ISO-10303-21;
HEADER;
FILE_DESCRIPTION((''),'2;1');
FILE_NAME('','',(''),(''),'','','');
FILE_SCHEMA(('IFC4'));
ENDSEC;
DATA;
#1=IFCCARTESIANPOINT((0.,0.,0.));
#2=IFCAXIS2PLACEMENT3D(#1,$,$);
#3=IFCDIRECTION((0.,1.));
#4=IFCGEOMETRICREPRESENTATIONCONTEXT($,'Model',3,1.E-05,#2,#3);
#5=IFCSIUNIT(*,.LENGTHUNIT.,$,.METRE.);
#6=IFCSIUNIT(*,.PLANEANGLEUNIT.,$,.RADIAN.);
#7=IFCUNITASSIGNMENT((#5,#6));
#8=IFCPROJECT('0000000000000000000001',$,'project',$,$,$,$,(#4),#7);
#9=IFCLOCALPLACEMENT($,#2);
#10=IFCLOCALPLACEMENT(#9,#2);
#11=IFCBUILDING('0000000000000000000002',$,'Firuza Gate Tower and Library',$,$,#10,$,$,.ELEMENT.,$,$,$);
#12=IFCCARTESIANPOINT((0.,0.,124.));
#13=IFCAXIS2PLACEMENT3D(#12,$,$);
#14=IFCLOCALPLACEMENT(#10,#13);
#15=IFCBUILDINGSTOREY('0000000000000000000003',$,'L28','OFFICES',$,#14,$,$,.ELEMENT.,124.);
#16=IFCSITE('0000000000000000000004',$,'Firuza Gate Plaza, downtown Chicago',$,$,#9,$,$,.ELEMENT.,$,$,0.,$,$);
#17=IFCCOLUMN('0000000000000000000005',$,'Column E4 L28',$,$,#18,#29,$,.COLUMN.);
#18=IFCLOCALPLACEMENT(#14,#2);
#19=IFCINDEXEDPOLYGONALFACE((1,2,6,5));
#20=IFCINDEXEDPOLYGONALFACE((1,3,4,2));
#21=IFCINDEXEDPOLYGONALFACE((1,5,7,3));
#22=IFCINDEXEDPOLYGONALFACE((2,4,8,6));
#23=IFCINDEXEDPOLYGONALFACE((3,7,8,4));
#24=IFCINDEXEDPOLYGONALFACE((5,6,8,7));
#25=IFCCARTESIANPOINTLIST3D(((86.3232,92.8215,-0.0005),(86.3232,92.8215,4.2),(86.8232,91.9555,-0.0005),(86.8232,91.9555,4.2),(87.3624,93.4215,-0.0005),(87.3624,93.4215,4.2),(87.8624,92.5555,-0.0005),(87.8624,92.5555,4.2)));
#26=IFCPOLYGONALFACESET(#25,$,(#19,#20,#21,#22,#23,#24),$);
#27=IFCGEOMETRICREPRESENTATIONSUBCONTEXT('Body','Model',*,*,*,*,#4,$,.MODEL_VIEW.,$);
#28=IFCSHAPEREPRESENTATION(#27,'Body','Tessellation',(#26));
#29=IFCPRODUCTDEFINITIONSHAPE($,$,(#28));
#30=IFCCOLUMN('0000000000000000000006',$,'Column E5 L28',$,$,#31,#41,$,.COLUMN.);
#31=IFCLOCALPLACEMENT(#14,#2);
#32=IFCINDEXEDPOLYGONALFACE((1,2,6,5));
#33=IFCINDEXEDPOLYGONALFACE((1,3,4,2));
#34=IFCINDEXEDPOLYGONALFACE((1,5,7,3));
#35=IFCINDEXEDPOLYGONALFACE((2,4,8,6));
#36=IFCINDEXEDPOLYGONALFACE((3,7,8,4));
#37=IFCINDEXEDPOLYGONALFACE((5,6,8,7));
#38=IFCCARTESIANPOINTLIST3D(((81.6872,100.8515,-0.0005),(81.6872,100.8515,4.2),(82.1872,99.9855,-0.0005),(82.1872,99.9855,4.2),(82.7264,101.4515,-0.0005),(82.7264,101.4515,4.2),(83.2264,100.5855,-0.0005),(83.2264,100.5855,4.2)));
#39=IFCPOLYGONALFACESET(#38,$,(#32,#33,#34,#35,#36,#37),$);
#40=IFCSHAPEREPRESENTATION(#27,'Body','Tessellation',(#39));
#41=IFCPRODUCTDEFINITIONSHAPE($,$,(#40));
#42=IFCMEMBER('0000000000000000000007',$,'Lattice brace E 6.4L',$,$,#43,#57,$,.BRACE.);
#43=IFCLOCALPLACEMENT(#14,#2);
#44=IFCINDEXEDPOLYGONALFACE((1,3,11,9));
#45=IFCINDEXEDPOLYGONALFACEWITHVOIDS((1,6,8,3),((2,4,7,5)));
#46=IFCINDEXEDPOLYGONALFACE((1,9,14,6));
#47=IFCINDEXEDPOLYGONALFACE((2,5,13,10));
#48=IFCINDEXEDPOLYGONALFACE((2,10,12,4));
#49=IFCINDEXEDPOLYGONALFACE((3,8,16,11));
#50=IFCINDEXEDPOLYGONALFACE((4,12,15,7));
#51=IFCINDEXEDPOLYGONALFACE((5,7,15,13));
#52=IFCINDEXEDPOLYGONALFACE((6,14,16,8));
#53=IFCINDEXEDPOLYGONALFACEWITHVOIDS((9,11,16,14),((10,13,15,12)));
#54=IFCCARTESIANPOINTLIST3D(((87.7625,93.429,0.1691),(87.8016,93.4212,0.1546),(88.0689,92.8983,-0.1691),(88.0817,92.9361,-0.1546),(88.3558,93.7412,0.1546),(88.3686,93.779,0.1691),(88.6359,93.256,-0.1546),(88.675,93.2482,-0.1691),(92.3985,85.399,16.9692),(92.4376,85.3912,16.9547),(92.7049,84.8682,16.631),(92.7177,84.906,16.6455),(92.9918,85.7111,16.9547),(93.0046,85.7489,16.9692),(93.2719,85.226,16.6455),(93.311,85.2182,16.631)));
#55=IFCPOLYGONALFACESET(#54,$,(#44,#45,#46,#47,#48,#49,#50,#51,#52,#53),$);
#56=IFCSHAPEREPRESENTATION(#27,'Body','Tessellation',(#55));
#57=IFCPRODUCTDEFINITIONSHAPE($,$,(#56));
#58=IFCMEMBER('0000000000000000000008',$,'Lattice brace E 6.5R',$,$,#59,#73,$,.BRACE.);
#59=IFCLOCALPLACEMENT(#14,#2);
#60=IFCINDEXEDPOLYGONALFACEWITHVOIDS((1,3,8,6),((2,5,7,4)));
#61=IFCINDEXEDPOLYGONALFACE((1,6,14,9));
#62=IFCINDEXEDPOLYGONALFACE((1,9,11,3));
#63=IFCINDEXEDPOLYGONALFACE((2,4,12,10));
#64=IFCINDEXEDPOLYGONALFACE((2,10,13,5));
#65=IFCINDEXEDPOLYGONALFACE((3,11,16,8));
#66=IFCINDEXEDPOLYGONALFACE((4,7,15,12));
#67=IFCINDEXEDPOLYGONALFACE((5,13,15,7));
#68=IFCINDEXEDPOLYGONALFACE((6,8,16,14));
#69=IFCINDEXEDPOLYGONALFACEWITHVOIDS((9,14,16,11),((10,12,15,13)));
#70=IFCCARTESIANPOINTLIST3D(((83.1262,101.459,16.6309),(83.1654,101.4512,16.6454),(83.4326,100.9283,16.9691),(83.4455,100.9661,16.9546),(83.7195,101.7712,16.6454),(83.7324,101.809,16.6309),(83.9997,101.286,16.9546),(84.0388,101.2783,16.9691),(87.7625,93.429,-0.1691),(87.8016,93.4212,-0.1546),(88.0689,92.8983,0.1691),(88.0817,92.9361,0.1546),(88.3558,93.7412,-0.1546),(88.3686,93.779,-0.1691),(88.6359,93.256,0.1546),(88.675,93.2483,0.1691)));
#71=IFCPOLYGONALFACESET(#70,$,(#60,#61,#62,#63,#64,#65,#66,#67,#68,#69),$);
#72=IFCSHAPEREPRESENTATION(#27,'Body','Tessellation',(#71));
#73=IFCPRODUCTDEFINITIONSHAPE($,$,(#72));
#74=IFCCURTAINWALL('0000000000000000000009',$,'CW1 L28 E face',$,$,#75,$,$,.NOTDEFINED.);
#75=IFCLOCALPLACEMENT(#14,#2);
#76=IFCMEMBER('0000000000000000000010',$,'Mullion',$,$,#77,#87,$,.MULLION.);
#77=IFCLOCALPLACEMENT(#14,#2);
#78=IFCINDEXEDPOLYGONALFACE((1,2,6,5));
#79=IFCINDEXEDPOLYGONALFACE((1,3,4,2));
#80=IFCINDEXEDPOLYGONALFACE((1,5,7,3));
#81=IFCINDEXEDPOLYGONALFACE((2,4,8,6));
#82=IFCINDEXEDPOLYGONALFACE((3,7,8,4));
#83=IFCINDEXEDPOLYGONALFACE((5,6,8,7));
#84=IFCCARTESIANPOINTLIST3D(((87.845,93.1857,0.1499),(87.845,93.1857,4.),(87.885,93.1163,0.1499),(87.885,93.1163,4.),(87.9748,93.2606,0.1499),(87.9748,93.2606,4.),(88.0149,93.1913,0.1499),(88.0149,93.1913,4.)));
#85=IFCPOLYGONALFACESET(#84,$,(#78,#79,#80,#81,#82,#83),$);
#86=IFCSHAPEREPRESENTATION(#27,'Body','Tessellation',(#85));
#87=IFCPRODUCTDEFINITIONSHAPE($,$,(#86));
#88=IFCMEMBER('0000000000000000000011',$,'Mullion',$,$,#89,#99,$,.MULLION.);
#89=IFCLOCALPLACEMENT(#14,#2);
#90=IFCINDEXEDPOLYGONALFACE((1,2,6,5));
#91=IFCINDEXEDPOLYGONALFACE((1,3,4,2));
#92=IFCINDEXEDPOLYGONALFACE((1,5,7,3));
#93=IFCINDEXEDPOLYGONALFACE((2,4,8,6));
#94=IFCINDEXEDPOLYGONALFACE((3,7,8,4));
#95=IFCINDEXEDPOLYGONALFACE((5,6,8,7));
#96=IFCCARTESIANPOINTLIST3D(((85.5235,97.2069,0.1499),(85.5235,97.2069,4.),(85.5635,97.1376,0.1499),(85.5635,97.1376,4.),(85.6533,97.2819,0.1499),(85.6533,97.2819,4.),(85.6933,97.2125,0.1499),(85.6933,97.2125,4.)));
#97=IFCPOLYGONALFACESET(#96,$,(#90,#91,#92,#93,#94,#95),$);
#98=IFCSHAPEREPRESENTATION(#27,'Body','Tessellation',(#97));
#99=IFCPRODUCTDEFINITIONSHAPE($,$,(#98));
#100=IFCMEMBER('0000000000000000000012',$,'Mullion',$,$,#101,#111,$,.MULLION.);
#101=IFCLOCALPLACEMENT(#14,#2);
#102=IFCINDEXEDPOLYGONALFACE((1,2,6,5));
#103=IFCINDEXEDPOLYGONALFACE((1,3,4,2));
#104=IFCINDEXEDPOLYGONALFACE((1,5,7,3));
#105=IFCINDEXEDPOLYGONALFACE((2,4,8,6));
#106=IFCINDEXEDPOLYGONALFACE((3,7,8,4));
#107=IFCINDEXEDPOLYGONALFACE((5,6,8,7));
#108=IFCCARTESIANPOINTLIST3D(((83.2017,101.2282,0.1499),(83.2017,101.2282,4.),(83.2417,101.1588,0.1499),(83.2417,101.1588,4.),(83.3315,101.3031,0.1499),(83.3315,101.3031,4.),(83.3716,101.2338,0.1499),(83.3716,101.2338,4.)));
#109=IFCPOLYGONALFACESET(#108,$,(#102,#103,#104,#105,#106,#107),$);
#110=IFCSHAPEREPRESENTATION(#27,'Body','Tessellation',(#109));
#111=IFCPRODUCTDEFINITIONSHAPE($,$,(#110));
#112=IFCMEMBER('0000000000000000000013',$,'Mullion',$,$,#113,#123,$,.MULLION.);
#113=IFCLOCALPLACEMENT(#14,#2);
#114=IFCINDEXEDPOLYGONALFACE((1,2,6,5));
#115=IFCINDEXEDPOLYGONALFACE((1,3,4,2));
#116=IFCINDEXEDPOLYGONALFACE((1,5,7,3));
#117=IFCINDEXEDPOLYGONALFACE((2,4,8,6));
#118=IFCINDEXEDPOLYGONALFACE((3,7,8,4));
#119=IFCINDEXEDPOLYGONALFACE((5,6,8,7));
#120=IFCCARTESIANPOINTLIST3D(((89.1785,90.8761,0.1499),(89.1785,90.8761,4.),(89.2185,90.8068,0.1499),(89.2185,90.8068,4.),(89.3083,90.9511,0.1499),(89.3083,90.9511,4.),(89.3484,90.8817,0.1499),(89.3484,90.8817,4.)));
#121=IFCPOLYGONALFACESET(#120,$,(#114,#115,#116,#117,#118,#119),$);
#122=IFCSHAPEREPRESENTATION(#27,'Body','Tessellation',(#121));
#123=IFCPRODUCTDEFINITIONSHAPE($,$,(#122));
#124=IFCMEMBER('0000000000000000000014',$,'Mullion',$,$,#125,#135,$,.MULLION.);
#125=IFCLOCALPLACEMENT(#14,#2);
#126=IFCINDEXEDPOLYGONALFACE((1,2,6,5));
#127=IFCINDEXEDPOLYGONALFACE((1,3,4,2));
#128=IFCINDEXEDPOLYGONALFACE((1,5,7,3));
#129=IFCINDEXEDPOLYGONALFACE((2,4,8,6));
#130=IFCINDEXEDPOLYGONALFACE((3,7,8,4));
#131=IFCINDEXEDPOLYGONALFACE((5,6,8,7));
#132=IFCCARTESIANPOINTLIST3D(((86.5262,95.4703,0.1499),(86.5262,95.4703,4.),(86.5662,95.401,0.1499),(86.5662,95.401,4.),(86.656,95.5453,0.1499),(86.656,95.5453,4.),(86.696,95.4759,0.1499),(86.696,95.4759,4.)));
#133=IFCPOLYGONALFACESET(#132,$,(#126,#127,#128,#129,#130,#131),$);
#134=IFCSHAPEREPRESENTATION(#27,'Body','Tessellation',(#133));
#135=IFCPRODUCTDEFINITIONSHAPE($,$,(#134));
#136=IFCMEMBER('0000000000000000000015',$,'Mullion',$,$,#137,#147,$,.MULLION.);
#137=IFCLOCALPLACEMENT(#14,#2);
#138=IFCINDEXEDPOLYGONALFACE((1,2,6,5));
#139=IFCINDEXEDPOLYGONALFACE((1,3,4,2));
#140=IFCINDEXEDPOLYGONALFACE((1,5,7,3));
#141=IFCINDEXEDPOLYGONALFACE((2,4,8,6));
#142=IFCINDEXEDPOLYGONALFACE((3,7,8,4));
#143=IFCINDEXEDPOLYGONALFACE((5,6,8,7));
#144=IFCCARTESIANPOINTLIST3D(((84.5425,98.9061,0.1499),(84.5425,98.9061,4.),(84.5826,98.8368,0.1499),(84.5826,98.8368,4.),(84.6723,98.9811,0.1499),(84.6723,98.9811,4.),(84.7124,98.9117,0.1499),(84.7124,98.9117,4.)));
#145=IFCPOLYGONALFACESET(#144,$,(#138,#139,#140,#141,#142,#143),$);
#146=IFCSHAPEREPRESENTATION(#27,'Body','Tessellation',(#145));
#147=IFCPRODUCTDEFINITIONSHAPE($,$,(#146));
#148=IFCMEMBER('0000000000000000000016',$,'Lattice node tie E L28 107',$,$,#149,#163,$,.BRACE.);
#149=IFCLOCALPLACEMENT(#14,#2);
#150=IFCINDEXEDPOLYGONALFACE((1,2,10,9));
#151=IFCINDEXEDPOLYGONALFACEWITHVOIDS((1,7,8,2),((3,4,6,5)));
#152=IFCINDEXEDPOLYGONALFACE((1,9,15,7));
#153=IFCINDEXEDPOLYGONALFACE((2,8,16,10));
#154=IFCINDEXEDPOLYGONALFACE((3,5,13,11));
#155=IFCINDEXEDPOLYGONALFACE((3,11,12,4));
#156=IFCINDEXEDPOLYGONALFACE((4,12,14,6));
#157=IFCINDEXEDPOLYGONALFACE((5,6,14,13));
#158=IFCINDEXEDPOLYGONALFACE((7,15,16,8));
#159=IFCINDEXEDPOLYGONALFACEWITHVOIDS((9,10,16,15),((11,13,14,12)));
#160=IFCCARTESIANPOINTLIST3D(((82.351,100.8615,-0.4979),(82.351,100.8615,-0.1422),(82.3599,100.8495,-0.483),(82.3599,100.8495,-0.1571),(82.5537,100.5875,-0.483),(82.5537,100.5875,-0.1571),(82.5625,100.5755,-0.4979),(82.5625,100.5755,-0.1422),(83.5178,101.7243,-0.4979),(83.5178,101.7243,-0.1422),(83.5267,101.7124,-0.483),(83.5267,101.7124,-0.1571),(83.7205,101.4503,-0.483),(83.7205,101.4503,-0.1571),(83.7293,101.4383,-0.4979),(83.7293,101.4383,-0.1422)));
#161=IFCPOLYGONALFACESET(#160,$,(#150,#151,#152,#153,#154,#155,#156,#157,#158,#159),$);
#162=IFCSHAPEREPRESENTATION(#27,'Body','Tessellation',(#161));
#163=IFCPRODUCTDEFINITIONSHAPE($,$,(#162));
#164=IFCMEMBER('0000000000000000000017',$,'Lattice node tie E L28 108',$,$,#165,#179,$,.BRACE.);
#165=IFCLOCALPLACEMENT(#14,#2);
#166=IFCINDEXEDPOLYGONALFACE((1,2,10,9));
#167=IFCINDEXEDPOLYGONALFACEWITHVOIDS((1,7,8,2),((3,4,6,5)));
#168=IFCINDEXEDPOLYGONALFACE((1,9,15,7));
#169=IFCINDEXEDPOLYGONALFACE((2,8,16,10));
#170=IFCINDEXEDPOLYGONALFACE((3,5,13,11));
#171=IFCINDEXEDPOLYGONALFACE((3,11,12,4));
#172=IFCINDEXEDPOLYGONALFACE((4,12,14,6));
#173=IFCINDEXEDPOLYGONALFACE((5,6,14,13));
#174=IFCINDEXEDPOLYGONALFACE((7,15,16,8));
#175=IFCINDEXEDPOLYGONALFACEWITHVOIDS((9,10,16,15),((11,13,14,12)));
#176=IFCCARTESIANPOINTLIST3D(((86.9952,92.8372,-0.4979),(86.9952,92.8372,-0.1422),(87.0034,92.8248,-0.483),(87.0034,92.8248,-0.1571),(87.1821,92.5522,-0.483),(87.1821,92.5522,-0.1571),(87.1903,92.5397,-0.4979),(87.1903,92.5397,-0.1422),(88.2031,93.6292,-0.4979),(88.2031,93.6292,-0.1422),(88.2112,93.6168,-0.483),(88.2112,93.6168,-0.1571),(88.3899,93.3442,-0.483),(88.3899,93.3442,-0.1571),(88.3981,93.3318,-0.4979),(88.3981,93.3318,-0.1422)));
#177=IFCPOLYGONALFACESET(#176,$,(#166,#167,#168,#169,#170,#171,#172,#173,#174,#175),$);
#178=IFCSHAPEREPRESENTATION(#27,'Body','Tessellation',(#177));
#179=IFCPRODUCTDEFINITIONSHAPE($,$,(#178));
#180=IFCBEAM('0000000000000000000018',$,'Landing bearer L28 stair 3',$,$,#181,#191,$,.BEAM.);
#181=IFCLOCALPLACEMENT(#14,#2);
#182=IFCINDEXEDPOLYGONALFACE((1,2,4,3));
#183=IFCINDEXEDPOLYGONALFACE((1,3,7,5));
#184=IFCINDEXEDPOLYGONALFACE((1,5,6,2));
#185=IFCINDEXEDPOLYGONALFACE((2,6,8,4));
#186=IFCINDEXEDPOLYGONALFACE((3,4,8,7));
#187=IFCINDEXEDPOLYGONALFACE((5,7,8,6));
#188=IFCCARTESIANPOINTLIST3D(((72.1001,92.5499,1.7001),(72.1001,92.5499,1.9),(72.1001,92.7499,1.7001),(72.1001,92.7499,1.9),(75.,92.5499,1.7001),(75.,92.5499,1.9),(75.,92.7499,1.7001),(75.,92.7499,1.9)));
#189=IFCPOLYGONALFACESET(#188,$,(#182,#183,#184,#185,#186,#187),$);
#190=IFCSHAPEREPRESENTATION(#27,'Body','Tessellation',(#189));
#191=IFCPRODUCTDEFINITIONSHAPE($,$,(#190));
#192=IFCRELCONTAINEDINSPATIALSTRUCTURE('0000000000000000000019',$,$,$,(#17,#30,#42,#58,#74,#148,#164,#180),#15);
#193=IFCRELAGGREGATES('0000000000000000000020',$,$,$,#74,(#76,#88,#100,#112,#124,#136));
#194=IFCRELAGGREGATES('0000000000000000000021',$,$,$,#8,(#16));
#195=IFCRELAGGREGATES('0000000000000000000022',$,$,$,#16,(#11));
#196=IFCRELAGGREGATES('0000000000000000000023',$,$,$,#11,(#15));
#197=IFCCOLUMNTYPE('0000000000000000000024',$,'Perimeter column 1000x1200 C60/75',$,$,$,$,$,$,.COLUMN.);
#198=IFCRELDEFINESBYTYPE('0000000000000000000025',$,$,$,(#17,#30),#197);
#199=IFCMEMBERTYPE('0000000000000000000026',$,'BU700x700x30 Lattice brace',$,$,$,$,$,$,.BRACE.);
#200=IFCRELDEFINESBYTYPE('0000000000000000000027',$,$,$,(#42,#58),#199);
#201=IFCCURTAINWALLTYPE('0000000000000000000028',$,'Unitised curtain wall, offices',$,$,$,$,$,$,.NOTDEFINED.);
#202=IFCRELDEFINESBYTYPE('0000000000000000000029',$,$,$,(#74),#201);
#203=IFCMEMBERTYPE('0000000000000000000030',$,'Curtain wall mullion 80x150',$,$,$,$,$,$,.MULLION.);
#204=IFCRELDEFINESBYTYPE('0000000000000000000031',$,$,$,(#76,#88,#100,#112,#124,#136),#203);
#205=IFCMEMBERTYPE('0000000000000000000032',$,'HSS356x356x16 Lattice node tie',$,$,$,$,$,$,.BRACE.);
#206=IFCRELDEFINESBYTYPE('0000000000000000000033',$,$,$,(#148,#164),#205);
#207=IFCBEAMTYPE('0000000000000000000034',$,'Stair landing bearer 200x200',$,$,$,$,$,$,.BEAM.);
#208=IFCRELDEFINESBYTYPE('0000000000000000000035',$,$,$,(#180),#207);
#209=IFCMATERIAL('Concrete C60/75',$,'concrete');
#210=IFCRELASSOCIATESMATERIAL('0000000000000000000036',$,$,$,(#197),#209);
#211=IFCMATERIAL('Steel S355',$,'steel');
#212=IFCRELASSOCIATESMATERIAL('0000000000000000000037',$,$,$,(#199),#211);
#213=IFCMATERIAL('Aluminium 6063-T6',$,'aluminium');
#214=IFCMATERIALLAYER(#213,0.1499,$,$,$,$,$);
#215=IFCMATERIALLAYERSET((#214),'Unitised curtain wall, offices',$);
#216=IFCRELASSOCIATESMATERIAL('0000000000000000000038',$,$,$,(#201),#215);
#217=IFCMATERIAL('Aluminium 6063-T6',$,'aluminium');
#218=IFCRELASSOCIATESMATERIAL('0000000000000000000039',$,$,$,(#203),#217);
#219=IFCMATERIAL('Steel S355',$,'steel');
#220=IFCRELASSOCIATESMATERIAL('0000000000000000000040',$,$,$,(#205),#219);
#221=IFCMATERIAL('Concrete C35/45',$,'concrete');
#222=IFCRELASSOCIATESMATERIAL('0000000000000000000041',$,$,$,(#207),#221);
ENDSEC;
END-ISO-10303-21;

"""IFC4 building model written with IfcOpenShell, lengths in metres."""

from ifc_helpers import new_model, si_unit, direction, frame, origin, origin_2d, place, context, subcontext, project, spatial, rectangle, hollow_rectangle, extrude, material, layer, layer_set, material_profile, profile_set, type_object, element, aggregate, save


model = new_model("IFC4")

# Units and contexts
model_context = context("Model", 3, precision=1e-05, world=origin(), true_north=direction((0.0, 1.0)))
body_context = subcontext(model_context, "Body", "Model", "MODEL_VIEW")
ifc_project = project(units=[si_unit("LENGTHUNIT", "METRE"), si_unit("PLANEANGLEUNIT", "RADIAN")], contexts=[model_context])

# Site, building, storey
site_placement = place(None, origin())
site = spatial("IfcSite", under=ifc_project, at=site_placement, Name="Firuza Gate Plaza, downtown Chicago", CompositionType="ELEMENT", RefElevation=0.0)
building_placement = place(site_placement, origin())
building = spatial("IfcBuilding", under=site, at=building_placement, Name="Firuza Gate Tower and Library", CompositionType="ELEMENT")
storey_placement = place(building_placement, frame((0.0, 0.0, 124.0)))
storey = spatial("IfcBuildingStorey", under=building, at=storey_placement, Name="L28", Description="OFFICES", CompositionType="ELEMENT", Elevation=124.0)

# Columns
ifc_material_1 = material(Name="Concrete C60/75", Category="concrete")
ifc_material_profile_1 = material_profile(ifc_material_1, rectangle(XDim=1.0, YDim=1.2, at=origin_2d()))
ifc_profile_set_1 = profile_set([ifc_material_profile_1], Name="Concrete C60/75")
column_type = type_object("IfcColumnType", Name="Perimeter column 1000x1200 C60/75", PredefinedType="COLUMN", material=ifc_profile_set_1)
for number, where, z_axis, x_axis, name in (
    (1, (87.0928, 92.6885, -0.0005), (0.0, 0.0, 1.0), (-0.5, 0.866025, 0.0), "Column E4 L28"),
    (2, (82.4568, 100.7185, -0.0005), (0.0, 0.0, 1.0), (-0.5, 0.866025, 0.0), "Column E5 L28"),
):
    element("IfcColumn", number, at=place(storey_placement, frame(where, z_axis=z_axis, x_axis=x_axis)), inside=storey, type_object=column_type, Name=name, PredefinedType="COLUMN", context=body_context, shape_type="SweptSolid", body=[
        extrude(rectangle(XDim=1.0, YDim=1.2, at=origin_2d()), origin(), (0.0, 0.0, 1.0), 4.2004),
    ])

# Members
ifc_material_2 = material(Name="Steel S355", Category="steel")
ifc_material_profile_2 = material_profile(ifc_material_2, hollow_rectangle(XDim=0.7, YDim=0.7, WallThickness=0.03, at=origin_2d()))
ifc_profile_set_2 = profile_set([ifc_material_profile_2], Name="Steel S355")
member_type_1 = type_object("IfcMemberType", Name="BU700x700x30 Lattice brace", PredefinedType="BRACE", material=ifc_profile_set_2)
for number, where, z_axis, x_axis, name in (
    (3, (88.2188, 93.3386, 0.0), (0.241597, -0.418472, 0.875507), (0.866033, 0.499988, 0.0), "Lattice brace E 6.4L"),
    (4, (88.2188, 93.3386, 0.0), (-0.241609, 0.41847, 0.875504), (-0.866021, -0.500007, 0.0), "Lattice brace E 6.5R"),
):
    element("IfcMember", number, at=place(storey_placement, frame(where, z_axis=z_axis, x_axis=x_axis)), inside=storey, type_object=member_type_1, Name=name, PredefinedType="BRACE", context=body_context, shape_type="SweptSolid", body=[
        extrude(hollow_rectangle(XDim=0.7, YDim=0.7, WallThickness=0.03, at=origin_2d()), origin(), (0.0, 0.0, 1.0), 19.189),
    ])

# Curtain wall, members
ifc_material_3 = material(Name="Aluminium 6063-T6", Category="aluminium")
ifc_layer_1 = layer(ifc_material_3, 0.1499)
ifc_layer_set_1 = layer_set([ifc_layer_1], Name="Unitised curtain wall, offices")
curtain_wall_type = type_object("IfcCurtainWallType", Name="Unitised curtain wall, offices", PredefinedType="NOTDEFINED", material=ifc_layer_set_1)
curtain_wall_placement = place(storey_placement, origin())
curtain_wall = element("IfcCurtainWall", 5, at=curtain_wall_placement, inside=storey, type_object=curtain_wall_type, Name="CW1 L28 E face", PredefinedType="NOTDEFINED")
ifc_material_4 = material(Name="Aluminium 6063-T6", Category="aluminium")
ifc_material_profile_3 = material_profile(ifc_material_4, rectangle(XDim=0.1499, YDim=0.0801, at=origin_2d()))
ifc_profile_set_3 = profile_set([ifc_material_profile_3], Name="Aluminium 6063-T6")
member_type_2 = type_object("IfcMemberType", Name="Curtain wall mullion 80x150", PredefinedType="MULLION", material=ifc_profile_set_3)
member_1_placement = place(storey_placement, frame((87.9299, 93.1885, 0.1499), z_axis=(0.0, 0.0, 1.0), x_axis=(-0.866025, -0.5, 0.0)))
member_1 = element("IfcMember", 6, at=member_1_placement, type_object=member_type_2, Name="Mullion", PredefinedType="MULLION", context=body_context, shape_type="SweptSolid", body=[
    extrude(rectangle(XDim=0.1499, YDim=0.0801, at=origin_2d()), origin(), (0.0, 0.0, 1.0), 3.8501),
])
member_2_placement = place(storey_placement, frame((85.6084, 97.2097, 0.1499), z_axis=(0.0, 0.0, 1.0), x_axis=(-0.866025, -0.5, 0.0)))
member_2 = element("IfcMember", 7, at=member_2_placement, type_object=member_type_2, Name="Mullion", PredefinedType="MULLION", context=body_context, shape_type="SweptSolid", body=[
    extrude(rectangle(XDim=0.1499, YDim=0.0801, at=origin_2d()), origin(), (0.0, 0.0, 1.0), 3.8501),
])
member_3_placement = place(storey_placement, frame((83.2866, 101.231, 0.1499), z_axis=(0.0, 0.0, 1.0), x_axis=(-0.866025, -0.5, 0.0)))
member_3 = element("IfcMember", 8, at=member_3_placement, type_object=member_type_2, Name="Mullion", PredefinedType="MULLION", context=body_context, shape_type="SweptSolid", body=[
    extrude(rectangle(XDim=0.1499, YDim=0.0801, at=origin_2d()), origin(), (0.0, 0.0, 1.0), 3.8501),
])
member_4_placement = place(storey_placement, frame((89.2634, 90.8789, 0.1499), z_axis=(0.0, 0.0, 1.0), x_axis=(-0.866025, -0.5, 0.0)))
member_4 = element("IfcMember", 9, at=member_4_placement, type_object=member_type_2, Name="Mullion", PredefinedType="MULLION", context=body_context, shape_type="SweptSolid", body=[
    extrude(rectangle(XDim=0.1499, YDim=0.0801, at=origin_2d()), origin(), (0.0, 0.0, 1.0), 3.8501),
])
member_5_placement = place(storey_placement, frame((86.6111, 95.4731, 0.1499), z_axis=(0.0, 0.0, 1.0), x_axis=(-0.866025, -0.5, 0.0)))
member_5 = element("IfcMember", 10, at=member_5_placement, type_object=member_type_2, Name="Mullion", PredefinedType="MULLION", context=body_context, shape_type="SweptSolid", body=[
    extrude(rectangle(XDim=0.1499, YDim=0.0801, at=origin_2d()), origin(), (0.0, 0.0, 1.0), 3.8501),
])
member_6_placement = place(storey_placement, frame((84.6274, 98.9089, 0.1499), z_axis=(0.0, 0.0, 1.0), x_axis=(-0.866025, -0.5, 0.0)))
member_6 = element("IfcMember", 11, at=member_6_placement, type_object=member_type_2, Name="Mullion", PredefinedType="MULLION", context=body_context, shape_type="SweptSolid", body=[
    extrude(rectangle(XDim=0.1499, YDim=0.0801, at=origin_2d()), origin(), (0.0, 0.0, 1.0), 3.8501),
])

# Members
ifc_material_5 = material(Name="Steel S355", Category="steel")
ifc_material_profile_4 = material_profile(ifc_material_5, hollow_rectangle(XDim=0.3557, YDim=0.3557, WallThickness=0.0149, at=origin_2d()))
ifc_profile_set_4 = profile_set([ifc_material_profile_4], Name="Steel S355")
member_type_3 = type_object("IfcMemberType", Name="HSS356x356x16 Lattice node tie", PredefinedType="BRACE", material=ifc_profile_set_4)
member_7_placement = place(storey_placement, frame((82.4568, 100.7185, -0.3201), z_axis=(0.80404, 0.594576, 0.0), x_axis=(-0.594576, 0.80404, 0.0)))
element("IfcMember", 12, at=member_7_placement, inside=storey, type_object=member_type_3, Name="Lattice node tie E L28 107", PredefinedType="BRACE", context=body_context, shape_type="SweptSolid", body=[
    extrude(hollow_rectangle(XDim=0.3557, YDim=0.3557, WallThickness=0.0149, at=origin_2d()), origin(), (0.0, 0.0, 1.0), 1.4512),
])
member_8_placement = place(storey_placement, frame((87.0928, 92.6885, -0.3201), z_axis=(0.836239, 0.548365, 0.0), x_axis=(-0.548365, 0.836239, 0.0)))
element("IfcMember", 13, at=member_8_placement, inside=storey, type_object=member_type_3, Name="Lattice node tie E L28 108", PredefinedType="BRACE", context=body_context, shape_type="SweptSolid", body=[
    extrude(hollow_rectangle(XDim=0.3557, YDim=0.3557, WallThickness=0.0149, at=origin_2d()), origin(), (0.0, 0.0, 1.0), 1.4443),
])

# Beam
ifc_material_6 = material(Name="Concrete C35/45", Category="concrete")
ifc_material_profile_5 = material_profile(ifc_material_6, rectangle(XDim=0.2, YDim=0.2, at=origin_2d()))
ifc_profile_set_5 = profile_set([ifc_material_profile_5], Name="Concrete C35/45")
beam_type_1 = type_object("IfcBeamType", Name="Stair landing bearer 200x200", PredefinedType="BEAM", material=ifc_profile_set_5)
beam_1_placement = place(storey_placement, frame((75.0, 92.6499, 1.8), z_axis=(-1.0, 0.0, 0.0), x_axis=(0.0, -1.0, 0.0)))
element("IfcBeam", 14, at=beam_1_placement, inside=storey, type_object=beam_type_1, Name="Landing bearer L28 stair 3", PredefinedType="BEAM", context=body_context, shape_type="SweptSolid", body=[
    extrude(rectangle(XDim=0.2, YDim=0.2, at=origin_2d()), origin(), (0.0, 0.0, 1.0), 2.8999),
])

aggregate(curtain_wall, [member_1, member_2, member_3, member_4, member_5, member_6])

save(model, "model.ifc")
